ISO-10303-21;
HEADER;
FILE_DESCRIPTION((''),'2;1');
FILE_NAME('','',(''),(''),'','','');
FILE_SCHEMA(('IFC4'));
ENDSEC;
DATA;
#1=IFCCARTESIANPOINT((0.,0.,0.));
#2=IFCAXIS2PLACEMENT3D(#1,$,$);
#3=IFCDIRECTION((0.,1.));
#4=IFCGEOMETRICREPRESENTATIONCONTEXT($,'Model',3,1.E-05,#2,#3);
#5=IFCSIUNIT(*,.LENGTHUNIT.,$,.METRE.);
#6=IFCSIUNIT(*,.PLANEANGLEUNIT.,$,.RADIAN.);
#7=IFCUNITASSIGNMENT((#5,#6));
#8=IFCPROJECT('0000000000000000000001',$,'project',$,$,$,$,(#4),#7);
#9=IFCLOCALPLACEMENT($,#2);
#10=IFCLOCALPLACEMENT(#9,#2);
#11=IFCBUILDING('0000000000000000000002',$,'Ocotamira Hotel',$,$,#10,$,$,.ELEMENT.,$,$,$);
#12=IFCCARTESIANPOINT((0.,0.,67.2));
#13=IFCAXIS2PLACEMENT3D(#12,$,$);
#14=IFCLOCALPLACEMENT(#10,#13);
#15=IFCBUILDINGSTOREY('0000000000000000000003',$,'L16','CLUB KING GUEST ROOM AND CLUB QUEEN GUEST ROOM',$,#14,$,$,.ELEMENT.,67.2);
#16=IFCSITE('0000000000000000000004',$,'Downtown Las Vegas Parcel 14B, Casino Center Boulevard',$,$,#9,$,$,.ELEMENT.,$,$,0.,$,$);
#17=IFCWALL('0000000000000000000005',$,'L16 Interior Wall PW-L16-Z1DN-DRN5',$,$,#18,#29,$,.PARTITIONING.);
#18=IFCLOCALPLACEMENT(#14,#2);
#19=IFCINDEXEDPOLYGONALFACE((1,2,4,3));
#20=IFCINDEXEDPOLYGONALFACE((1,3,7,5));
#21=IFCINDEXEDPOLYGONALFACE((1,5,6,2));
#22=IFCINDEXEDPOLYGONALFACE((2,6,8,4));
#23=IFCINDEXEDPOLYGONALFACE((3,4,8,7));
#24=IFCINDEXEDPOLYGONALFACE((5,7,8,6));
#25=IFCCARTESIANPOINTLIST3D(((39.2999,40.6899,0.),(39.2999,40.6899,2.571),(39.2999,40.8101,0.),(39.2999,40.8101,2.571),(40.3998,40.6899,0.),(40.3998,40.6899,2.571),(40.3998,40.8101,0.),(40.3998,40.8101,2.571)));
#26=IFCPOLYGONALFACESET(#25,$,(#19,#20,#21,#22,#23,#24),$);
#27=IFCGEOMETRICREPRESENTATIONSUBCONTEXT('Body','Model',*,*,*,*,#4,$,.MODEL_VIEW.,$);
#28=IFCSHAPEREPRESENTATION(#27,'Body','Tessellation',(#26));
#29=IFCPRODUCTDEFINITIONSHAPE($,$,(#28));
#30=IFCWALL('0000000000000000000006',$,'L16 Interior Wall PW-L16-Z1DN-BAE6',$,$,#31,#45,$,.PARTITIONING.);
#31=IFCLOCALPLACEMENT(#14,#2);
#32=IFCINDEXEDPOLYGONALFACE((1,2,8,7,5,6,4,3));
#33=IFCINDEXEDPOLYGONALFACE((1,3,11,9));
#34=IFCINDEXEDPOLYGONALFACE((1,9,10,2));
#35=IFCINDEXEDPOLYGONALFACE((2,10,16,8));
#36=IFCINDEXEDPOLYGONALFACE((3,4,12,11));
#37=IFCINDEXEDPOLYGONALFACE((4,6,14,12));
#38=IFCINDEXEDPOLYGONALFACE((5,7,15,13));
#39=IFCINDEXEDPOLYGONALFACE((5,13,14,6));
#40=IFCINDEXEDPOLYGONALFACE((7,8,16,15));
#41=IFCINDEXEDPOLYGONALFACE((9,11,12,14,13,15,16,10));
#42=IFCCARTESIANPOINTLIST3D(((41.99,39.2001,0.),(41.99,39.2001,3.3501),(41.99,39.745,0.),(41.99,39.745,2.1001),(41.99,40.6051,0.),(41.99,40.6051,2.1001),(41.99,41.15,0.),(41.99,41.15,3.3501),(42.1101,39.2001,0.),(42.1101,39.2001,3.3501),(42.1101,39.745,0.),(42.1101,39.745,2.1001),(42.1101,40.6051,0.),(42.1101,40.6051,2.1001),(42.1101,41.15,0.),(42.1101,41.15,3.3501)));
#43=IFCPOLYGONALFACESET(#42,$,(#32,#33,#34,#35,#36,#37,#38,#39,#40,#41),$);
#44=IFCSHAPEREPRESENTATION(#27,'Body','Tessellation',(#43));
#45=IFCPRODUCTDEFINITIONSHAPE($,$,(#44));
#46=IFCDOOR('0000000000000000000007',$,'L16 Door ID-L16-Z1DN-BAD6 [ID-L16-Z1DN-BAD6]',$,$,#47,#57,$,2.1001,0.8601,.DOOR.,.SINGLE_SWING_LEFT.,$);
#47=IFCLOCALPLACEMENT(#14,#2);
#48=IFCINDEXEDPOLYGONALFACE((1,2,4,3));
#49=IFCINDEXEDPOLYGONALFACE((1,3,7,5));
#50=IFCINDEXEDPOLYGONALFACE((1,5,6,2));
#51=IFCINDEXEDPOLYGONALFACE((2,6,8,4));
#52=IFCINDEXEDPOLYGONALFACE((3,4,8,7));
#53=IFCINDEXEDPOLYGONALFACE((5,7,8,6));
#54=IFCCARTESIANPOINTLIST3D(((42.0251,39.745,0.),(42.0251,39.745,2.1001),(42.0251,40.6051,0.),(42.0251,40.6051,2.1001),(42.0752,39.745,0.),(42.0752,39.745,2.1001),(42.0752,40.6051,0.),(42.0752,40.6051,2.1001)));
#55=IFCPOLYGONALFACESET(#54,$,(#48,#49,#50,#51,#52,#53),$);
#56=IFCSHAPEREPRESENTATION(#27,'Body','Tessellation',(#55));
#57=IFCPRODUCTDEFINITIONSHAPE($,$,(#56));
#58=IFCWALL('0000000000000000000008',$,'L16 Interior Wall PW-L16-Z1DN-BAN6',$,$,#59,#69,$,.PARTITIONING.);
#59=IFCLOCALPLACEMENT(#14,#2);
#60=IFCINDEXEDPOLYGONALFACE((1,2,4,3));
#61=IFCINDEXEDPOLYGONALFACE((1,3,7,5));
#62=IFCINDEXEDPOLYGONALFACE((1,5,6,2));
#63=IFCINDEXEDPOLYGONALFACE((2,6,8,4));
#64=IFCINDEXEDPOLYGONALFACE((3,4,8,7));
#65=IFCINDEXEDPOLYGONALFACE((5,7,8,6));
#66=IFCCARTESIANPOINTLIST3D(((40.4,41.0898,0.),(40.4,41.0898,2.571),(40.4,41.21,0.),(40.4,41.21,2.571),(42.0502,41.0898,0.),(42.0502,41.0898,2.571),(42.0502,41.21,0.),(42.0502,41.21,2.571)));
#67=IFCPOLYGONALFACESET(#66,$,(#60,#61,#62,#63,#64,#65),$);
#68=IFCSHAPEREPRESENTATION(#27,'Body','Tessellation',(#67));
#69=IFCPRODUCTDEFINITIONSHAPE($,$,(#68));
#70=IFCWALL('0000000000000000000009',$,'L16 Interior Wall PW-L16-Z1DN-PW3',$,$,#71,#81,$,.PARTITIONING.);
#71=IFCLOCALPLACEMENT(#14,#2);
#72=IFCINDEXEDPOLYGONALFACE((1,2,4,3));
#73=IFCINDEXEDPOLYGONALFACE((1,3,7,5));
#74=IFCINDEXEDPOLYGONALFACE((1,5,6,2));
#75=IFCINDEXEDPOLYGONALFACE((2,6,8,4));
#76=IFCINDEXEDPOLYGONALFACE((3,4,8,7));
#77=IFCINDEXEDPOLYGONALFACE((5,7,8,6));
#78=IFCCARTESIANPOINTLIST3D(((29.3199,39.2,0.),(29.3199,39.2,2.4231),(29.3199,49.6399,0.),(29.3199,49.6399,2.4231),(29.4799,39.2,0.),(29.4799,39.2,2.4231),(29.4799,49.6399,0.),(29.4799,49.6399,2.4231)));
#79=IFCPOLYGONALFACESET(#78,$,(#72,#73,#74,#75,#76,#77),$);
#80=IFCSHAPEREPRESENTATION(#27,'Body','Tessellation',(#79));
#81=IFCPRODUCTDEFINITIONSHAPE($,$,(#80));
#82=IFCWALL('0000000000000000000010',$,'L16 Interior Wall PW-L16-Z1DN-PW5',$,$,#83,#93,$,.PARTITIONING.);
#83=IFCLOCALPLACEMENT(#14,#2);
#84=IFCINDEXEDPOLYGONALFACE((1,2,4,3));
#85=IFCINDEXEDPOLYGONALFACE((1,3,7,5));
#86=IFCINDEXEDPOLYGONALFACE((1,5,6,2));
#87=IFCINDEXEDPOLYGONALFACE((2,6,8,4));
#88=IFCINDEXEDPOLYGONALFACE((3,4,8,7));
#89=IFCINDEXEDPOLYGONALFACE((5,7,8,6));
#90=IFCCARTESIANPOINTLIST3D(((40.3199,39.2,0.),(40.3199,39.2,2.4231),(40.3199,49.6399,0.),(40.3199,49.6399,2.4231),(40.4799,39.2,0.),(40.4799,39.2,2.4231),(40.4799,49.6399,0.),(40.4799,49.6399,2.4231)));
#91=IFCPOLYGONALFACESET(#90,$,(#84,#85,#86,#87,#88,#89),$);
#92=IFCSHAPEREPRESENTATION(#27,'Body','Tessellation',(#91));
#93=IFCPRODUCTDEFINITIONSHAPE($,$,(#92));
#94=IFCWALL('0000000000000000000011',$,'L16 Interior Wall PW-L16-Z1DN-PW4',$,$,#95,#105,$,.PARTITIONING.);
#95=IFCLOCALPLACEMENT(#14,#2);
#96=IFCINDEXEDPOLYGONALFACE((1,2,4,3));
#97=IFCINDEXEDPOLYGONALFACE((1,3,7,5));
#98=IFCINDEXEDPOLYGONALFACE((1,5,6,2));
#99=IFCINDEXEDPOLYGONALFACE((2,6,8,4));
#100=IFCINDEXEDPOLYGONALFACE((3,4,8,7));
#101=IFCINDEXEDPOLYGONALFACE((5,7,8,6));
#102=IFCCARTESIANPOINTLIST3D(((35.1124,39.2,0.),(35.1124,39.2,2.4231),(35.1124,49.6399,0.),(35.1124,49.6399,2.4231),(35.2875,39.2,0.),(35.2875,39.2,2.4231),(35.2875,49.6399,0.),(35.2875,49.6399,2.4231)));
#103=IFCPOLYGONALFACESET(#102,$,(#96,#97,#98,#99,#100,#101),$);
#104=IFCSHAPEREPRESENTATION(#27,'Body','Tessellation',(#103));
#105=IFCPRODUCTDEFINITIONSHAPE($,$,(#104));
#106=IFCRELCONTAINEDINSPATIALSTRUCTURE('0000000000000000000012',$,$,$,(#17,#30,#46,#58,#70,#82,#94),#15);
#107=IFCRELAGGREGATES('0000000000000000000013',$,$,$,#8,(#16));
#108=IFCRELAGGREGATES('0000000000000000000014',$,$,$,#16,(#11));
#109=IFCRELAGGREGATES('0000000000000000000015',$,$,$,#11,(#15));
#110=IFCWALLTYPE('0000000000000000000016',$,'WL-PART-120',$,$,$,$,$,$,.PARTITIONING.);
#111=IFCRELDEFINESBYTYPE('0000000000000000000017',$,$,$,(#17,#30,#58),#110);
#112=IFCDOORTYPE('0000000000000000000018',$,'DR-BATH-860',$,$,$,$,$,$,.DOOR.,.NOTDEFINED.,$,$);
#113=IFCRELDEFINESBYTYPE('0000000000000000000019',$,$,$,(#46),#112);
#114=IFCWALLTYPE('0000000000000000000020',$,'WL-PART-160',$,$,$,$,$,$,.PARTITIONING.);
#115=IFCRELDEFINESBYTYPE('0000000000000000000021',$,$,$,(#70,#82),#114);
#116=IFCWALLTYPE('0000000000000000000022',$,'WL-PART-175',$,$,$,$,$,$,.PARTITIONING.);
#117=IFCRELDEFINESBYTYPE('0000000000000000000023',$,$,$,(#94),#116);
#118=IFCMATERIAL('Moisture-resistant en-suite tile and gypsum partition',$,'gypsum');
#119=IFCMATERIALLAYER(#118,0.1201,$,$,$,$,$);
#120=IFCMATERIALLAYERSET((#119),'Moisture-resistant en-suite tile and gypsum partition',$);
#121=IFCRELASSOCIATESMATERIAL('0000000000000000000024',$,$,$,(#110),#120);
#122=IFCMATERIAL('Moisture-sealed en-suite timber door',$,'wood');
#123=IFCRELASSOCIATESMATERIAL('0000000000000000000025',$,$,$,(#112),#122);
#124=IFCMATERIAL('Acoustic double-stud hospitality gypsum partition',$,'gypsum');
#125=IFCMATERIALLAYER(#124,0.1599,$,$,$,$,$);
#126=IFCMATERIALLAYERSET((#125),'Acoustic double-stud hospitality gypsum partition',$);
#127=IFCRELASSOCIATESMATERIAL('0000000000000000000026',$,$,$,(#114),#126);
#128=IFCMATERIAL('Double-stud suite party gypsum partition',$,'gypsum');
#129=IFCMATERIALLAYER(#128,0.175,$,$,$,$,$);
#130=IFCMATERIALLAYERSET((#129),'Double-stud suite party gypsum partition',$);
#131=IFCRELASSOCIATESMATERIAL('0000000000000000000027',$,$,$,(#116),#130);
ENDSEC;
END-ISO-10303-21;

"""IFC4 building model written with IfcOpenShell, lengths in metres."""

from ifc_helpers import new_model, si_unit, direction, frame, frame_2d, origin, place, context, subcontext, project, spatial, rectangle, extrude, source, transform, mapped, material, layer, layer_set, type_object, element, fill, save


model = new_model("IFC4")

# Units and contexts
model_context = context("Model", 3, precision=1e-05, world=origin(), true_north=direction((0.0, 1.0)))
body_context = subcontext(model_context, "Body", "Model", "MODEL_VIEW")
ifc_project = project(units=[si_unit("LENGTHUNIT", "METRE"), si_unit("PLANEANGLEUNIT", "RADIAN")], contexts=[model_context])

# Site, building, storey
site_placement = place(None, origin())
site = spatial("IfcSite", under=ifc_project, at=site_placement, Name="Downtown Las Vegas Parcel 14B, Casino Center Boulevard", CompositionType="ELEMENT", RefElevation=0.0)
building_placement = place(site_placement, origin())
building = spatial("IfcBuilding", under=site, at=building_placement, Name="Ocotamira Hotel", CompositionType="ELEMENT")
storey_placement = place(building_placement, frame((0.0, 0.0, 67.2)))
storey = spatial("IfcBuildingStorey", under=building, at=storey_placement, Name="L16", Description="CLUB KING GUEST ROOM AND CLUB QUEEN GUEST ROOM", CompositionType="ELEMENT", Elevation=67.2)

# Shared definitions
ifc_material_1 = material(Name="Moisture-resistant en-suite tile and gypsum partition", Category="gypsum")
ifc_layer_1 = layer(ifc_material_1, 0.1201)
ifc_layer_set_1 = layer_set([ifc_layer_1], Name="Moisture-resistant en-suite tile and gypsum partition")
wall_type_1 = type_object("IfcWallType", Name="WL-PART-120", PredefinedType="PARTITIONING", material=ifc_layer_set_1)
ifc_material_2 = material(Name="Moisture-sealed en-suite timber door", Category="wood")
door_type_1 = type_object("IfcDoorType", Name="DR-BATH-860", OperationType="NOTDEFINED", PredefinedType="DOOR", material=ifc_material_2)
shared_shape_1 = source(origin(), body_context, "Body", "SweptSolid", [
    extrude(rectangle(XDim=0.8601, YDim=2.1001, at=frame_2d((0.4302, 1.05))), frame((0.0, 0.0249, 0.0), z_axis=(0.0, -1.0, 0.0), x_axis=(1.0, 0.0, 0.0)), (0.0, 0.0, 1.0), 0.05),
])

# Wall
wall_1_placement = place(storey_placement, frame((39.3, 40.75, 0.0), z_axis=(0.0, 0.0, 1.0), x_axis=(1.0, 0.0, 0.0)))
element("IfcWall", 1, at=wall_1_placement, inside=storey, type_object=wall_type_1, Name="L16 Interior Wall PW-L16-Z1DN-DRN5", PredefinedType="PARTITIONING", context=body_context, shape_type="SweptSolid", body=[
    extrude(rectangle(XDim=1.0999, YDim=0.1201, at=frame_2d((0.5498, 0.0))), origin(), (0.0, 0.0, 1.0), 2.571),
])

# Wall, opening, door
wall_2_placement = place(storey_placement, frame((42.05, 39.2, 0.0), z_axis=(0.0, 0.0, 1.0), x_axis=(0.0, 1.0, 0.0)))
wall_2 = element("IfcWall", 2, at=wall_2_placement, inside=storey, type_object=wall_type_1, Name="L16 Interior Wall PW-L16-Z1DN-BAE6", PredefinedType="PARTITIONING", context=body_context, shape_type="SweptSolid", body=[
    extrude(rectangle(XDim=1.95, YDim=0.1201, at=frame_2d((0.9751, 0.0))), origin(), (0.0, 0.0, 1.0), 3.3501),
])
opening_1_placement = place(wall_2_placement, frame((0.5449, 0.0, 0.0)))
opening_1 = element("IfcOpeningElement", 3, at=opening_1_placement, cuts=wall_2, PredefinedType="OPENING", context=body_context, shape_type="SweptSolid", body=[
    extrude(rectangle(XDim=0.8601, YDim=2.1001, at=frame_2d((0.4302, 1.05))), frame((0.0, 0.0701, 0.0), z_axis=(0.0, -1.0, 0.0), x_axis=(1.0, 0.0, 0.0)), (0.0, 0.0, 1.0), 0.1401),
])
door_1_placement = place(opening_1_placement, origin())
door_1 = element("IfcDoor", 4, at=door_1_placement, inside=storey, type_object=door_type_1, Name="L16 Door ID-L16-Z1DN-BAD6 [ID-L16-Z1DN-BAD6]", OperationType="SINGLE_SWING_LEFT", OverallHeight=2.1001, OverallWidth=0.8601, PredefinedType="DOOR", context=body_context, shape_type="MappedRepresentation", body=[
    mapped(shared_shape_1, transform((0.0, 0.0, 0.0), scale=1.0)),
])
fill(opening_1, door_1)

# Walls
wall_3_placement = place(storey_placement, frame((40.3999, 41.1499, 0.0), z_axis=(0.0, 0.0, 1.0), x_axis=(1.0, 0.0, 0.0)))
element("IfcWall", 5, at=wall_3_placement, inside=storey, type_object=wall_type_1, Name="L16 Interior Wall PW-L16-Z1DN-BAN6", PredefinedType="PARTITIONING", context=body_context, shape_type="SweptSolid", body=[
    extrude(rectangle(XDim=1.6501, YDim=0.1201, at=frame_2d((0.8252, 0.0))), origin(), (0.0, 0.0, 1.0), 2.571),
])
ifc_material_3 = material(Name="Acoustic double-stud hospitality gypsum partition", Category="gypsum")
ifc_layer_2 = layer(ifc_material_3, 0.1599)
ifc_layer_set_2 = layer_set([ifc_layer_2], Name="Acoustic double-stud hospitality gypsum partition")
wall_type_2 = type_object("IfcWallType", Name="WL-PART-160", PredefinedType="PARTITIONING", material=ifc_layer_set_2)
for number, where, z_axis, x_axis, name in (
    (6, (29.3999, 39.2, 0.0), (0.0, 0.0, 1.0), (0.0, 1.0, 0.0), "L16 Interior Wall PW-L16-Z1DN-PW3"),
    (7, (40.3999, 39.2, 0.0), (0.0, 0.0, 1.0), (0.0, 1.0, 0.0), "L16 Interior Wall PW-L16-Z1DN-PW5"),
):
    element("IfcWall", number, at=place(storey_placement, frame(where, z_axis=z_axis, x_axis=x_axis)), inside=storey, type_object=wall_type_2, Name=name, PredefinedType="PARTITIONING", context=body_context, shape_type="SweptSolid", body=[
        extrude(rectangle(XDim=10.4399, YDim=0.1599, at=frame_2d((5.22, 0.0))), origin(), (0.0, 0.0, 1.0), 2.4231),
    ])
ifc_material_4 = material(Name="Double-stud suite party gypsum partition", Category="gypsum")
ifc_layer_3 = layer(ifc_material_4, 0.175)
ifc_layer_set_3 = layer_set([ifc_layer_3], Name="Double-stud suite party gypsum partition")
wall_type_3 = type_object("IfcWallType", Name="WL-PART-175", PredefinedType="PARTITIONING", material=ifc_layer_set_3)
wall_4_placement = place(storey_placement, frame((35.2, 39.2, 0.0), z_axis=(0.0, 0.0, 1.0), x_axis=(0.0, 1.0, 0.0)))
element("IfcWall", 8, at=wall_4_placement, inside=storey, type_object=wall_type_3, Name="L16 Interior Wall PW-L16-Z1DN-PW4", PredefinedType="PARTITIONING", context=body_context, shape_type="SweptSolid", body=[
    extrude(rectangle(XDim=10.4399, YDim=0.175, at=frame_2d((5.22, 0.0))), origin(), (0.0, 0.0, 1.0), 2.4231),
])

save(model, "model.ifc")
